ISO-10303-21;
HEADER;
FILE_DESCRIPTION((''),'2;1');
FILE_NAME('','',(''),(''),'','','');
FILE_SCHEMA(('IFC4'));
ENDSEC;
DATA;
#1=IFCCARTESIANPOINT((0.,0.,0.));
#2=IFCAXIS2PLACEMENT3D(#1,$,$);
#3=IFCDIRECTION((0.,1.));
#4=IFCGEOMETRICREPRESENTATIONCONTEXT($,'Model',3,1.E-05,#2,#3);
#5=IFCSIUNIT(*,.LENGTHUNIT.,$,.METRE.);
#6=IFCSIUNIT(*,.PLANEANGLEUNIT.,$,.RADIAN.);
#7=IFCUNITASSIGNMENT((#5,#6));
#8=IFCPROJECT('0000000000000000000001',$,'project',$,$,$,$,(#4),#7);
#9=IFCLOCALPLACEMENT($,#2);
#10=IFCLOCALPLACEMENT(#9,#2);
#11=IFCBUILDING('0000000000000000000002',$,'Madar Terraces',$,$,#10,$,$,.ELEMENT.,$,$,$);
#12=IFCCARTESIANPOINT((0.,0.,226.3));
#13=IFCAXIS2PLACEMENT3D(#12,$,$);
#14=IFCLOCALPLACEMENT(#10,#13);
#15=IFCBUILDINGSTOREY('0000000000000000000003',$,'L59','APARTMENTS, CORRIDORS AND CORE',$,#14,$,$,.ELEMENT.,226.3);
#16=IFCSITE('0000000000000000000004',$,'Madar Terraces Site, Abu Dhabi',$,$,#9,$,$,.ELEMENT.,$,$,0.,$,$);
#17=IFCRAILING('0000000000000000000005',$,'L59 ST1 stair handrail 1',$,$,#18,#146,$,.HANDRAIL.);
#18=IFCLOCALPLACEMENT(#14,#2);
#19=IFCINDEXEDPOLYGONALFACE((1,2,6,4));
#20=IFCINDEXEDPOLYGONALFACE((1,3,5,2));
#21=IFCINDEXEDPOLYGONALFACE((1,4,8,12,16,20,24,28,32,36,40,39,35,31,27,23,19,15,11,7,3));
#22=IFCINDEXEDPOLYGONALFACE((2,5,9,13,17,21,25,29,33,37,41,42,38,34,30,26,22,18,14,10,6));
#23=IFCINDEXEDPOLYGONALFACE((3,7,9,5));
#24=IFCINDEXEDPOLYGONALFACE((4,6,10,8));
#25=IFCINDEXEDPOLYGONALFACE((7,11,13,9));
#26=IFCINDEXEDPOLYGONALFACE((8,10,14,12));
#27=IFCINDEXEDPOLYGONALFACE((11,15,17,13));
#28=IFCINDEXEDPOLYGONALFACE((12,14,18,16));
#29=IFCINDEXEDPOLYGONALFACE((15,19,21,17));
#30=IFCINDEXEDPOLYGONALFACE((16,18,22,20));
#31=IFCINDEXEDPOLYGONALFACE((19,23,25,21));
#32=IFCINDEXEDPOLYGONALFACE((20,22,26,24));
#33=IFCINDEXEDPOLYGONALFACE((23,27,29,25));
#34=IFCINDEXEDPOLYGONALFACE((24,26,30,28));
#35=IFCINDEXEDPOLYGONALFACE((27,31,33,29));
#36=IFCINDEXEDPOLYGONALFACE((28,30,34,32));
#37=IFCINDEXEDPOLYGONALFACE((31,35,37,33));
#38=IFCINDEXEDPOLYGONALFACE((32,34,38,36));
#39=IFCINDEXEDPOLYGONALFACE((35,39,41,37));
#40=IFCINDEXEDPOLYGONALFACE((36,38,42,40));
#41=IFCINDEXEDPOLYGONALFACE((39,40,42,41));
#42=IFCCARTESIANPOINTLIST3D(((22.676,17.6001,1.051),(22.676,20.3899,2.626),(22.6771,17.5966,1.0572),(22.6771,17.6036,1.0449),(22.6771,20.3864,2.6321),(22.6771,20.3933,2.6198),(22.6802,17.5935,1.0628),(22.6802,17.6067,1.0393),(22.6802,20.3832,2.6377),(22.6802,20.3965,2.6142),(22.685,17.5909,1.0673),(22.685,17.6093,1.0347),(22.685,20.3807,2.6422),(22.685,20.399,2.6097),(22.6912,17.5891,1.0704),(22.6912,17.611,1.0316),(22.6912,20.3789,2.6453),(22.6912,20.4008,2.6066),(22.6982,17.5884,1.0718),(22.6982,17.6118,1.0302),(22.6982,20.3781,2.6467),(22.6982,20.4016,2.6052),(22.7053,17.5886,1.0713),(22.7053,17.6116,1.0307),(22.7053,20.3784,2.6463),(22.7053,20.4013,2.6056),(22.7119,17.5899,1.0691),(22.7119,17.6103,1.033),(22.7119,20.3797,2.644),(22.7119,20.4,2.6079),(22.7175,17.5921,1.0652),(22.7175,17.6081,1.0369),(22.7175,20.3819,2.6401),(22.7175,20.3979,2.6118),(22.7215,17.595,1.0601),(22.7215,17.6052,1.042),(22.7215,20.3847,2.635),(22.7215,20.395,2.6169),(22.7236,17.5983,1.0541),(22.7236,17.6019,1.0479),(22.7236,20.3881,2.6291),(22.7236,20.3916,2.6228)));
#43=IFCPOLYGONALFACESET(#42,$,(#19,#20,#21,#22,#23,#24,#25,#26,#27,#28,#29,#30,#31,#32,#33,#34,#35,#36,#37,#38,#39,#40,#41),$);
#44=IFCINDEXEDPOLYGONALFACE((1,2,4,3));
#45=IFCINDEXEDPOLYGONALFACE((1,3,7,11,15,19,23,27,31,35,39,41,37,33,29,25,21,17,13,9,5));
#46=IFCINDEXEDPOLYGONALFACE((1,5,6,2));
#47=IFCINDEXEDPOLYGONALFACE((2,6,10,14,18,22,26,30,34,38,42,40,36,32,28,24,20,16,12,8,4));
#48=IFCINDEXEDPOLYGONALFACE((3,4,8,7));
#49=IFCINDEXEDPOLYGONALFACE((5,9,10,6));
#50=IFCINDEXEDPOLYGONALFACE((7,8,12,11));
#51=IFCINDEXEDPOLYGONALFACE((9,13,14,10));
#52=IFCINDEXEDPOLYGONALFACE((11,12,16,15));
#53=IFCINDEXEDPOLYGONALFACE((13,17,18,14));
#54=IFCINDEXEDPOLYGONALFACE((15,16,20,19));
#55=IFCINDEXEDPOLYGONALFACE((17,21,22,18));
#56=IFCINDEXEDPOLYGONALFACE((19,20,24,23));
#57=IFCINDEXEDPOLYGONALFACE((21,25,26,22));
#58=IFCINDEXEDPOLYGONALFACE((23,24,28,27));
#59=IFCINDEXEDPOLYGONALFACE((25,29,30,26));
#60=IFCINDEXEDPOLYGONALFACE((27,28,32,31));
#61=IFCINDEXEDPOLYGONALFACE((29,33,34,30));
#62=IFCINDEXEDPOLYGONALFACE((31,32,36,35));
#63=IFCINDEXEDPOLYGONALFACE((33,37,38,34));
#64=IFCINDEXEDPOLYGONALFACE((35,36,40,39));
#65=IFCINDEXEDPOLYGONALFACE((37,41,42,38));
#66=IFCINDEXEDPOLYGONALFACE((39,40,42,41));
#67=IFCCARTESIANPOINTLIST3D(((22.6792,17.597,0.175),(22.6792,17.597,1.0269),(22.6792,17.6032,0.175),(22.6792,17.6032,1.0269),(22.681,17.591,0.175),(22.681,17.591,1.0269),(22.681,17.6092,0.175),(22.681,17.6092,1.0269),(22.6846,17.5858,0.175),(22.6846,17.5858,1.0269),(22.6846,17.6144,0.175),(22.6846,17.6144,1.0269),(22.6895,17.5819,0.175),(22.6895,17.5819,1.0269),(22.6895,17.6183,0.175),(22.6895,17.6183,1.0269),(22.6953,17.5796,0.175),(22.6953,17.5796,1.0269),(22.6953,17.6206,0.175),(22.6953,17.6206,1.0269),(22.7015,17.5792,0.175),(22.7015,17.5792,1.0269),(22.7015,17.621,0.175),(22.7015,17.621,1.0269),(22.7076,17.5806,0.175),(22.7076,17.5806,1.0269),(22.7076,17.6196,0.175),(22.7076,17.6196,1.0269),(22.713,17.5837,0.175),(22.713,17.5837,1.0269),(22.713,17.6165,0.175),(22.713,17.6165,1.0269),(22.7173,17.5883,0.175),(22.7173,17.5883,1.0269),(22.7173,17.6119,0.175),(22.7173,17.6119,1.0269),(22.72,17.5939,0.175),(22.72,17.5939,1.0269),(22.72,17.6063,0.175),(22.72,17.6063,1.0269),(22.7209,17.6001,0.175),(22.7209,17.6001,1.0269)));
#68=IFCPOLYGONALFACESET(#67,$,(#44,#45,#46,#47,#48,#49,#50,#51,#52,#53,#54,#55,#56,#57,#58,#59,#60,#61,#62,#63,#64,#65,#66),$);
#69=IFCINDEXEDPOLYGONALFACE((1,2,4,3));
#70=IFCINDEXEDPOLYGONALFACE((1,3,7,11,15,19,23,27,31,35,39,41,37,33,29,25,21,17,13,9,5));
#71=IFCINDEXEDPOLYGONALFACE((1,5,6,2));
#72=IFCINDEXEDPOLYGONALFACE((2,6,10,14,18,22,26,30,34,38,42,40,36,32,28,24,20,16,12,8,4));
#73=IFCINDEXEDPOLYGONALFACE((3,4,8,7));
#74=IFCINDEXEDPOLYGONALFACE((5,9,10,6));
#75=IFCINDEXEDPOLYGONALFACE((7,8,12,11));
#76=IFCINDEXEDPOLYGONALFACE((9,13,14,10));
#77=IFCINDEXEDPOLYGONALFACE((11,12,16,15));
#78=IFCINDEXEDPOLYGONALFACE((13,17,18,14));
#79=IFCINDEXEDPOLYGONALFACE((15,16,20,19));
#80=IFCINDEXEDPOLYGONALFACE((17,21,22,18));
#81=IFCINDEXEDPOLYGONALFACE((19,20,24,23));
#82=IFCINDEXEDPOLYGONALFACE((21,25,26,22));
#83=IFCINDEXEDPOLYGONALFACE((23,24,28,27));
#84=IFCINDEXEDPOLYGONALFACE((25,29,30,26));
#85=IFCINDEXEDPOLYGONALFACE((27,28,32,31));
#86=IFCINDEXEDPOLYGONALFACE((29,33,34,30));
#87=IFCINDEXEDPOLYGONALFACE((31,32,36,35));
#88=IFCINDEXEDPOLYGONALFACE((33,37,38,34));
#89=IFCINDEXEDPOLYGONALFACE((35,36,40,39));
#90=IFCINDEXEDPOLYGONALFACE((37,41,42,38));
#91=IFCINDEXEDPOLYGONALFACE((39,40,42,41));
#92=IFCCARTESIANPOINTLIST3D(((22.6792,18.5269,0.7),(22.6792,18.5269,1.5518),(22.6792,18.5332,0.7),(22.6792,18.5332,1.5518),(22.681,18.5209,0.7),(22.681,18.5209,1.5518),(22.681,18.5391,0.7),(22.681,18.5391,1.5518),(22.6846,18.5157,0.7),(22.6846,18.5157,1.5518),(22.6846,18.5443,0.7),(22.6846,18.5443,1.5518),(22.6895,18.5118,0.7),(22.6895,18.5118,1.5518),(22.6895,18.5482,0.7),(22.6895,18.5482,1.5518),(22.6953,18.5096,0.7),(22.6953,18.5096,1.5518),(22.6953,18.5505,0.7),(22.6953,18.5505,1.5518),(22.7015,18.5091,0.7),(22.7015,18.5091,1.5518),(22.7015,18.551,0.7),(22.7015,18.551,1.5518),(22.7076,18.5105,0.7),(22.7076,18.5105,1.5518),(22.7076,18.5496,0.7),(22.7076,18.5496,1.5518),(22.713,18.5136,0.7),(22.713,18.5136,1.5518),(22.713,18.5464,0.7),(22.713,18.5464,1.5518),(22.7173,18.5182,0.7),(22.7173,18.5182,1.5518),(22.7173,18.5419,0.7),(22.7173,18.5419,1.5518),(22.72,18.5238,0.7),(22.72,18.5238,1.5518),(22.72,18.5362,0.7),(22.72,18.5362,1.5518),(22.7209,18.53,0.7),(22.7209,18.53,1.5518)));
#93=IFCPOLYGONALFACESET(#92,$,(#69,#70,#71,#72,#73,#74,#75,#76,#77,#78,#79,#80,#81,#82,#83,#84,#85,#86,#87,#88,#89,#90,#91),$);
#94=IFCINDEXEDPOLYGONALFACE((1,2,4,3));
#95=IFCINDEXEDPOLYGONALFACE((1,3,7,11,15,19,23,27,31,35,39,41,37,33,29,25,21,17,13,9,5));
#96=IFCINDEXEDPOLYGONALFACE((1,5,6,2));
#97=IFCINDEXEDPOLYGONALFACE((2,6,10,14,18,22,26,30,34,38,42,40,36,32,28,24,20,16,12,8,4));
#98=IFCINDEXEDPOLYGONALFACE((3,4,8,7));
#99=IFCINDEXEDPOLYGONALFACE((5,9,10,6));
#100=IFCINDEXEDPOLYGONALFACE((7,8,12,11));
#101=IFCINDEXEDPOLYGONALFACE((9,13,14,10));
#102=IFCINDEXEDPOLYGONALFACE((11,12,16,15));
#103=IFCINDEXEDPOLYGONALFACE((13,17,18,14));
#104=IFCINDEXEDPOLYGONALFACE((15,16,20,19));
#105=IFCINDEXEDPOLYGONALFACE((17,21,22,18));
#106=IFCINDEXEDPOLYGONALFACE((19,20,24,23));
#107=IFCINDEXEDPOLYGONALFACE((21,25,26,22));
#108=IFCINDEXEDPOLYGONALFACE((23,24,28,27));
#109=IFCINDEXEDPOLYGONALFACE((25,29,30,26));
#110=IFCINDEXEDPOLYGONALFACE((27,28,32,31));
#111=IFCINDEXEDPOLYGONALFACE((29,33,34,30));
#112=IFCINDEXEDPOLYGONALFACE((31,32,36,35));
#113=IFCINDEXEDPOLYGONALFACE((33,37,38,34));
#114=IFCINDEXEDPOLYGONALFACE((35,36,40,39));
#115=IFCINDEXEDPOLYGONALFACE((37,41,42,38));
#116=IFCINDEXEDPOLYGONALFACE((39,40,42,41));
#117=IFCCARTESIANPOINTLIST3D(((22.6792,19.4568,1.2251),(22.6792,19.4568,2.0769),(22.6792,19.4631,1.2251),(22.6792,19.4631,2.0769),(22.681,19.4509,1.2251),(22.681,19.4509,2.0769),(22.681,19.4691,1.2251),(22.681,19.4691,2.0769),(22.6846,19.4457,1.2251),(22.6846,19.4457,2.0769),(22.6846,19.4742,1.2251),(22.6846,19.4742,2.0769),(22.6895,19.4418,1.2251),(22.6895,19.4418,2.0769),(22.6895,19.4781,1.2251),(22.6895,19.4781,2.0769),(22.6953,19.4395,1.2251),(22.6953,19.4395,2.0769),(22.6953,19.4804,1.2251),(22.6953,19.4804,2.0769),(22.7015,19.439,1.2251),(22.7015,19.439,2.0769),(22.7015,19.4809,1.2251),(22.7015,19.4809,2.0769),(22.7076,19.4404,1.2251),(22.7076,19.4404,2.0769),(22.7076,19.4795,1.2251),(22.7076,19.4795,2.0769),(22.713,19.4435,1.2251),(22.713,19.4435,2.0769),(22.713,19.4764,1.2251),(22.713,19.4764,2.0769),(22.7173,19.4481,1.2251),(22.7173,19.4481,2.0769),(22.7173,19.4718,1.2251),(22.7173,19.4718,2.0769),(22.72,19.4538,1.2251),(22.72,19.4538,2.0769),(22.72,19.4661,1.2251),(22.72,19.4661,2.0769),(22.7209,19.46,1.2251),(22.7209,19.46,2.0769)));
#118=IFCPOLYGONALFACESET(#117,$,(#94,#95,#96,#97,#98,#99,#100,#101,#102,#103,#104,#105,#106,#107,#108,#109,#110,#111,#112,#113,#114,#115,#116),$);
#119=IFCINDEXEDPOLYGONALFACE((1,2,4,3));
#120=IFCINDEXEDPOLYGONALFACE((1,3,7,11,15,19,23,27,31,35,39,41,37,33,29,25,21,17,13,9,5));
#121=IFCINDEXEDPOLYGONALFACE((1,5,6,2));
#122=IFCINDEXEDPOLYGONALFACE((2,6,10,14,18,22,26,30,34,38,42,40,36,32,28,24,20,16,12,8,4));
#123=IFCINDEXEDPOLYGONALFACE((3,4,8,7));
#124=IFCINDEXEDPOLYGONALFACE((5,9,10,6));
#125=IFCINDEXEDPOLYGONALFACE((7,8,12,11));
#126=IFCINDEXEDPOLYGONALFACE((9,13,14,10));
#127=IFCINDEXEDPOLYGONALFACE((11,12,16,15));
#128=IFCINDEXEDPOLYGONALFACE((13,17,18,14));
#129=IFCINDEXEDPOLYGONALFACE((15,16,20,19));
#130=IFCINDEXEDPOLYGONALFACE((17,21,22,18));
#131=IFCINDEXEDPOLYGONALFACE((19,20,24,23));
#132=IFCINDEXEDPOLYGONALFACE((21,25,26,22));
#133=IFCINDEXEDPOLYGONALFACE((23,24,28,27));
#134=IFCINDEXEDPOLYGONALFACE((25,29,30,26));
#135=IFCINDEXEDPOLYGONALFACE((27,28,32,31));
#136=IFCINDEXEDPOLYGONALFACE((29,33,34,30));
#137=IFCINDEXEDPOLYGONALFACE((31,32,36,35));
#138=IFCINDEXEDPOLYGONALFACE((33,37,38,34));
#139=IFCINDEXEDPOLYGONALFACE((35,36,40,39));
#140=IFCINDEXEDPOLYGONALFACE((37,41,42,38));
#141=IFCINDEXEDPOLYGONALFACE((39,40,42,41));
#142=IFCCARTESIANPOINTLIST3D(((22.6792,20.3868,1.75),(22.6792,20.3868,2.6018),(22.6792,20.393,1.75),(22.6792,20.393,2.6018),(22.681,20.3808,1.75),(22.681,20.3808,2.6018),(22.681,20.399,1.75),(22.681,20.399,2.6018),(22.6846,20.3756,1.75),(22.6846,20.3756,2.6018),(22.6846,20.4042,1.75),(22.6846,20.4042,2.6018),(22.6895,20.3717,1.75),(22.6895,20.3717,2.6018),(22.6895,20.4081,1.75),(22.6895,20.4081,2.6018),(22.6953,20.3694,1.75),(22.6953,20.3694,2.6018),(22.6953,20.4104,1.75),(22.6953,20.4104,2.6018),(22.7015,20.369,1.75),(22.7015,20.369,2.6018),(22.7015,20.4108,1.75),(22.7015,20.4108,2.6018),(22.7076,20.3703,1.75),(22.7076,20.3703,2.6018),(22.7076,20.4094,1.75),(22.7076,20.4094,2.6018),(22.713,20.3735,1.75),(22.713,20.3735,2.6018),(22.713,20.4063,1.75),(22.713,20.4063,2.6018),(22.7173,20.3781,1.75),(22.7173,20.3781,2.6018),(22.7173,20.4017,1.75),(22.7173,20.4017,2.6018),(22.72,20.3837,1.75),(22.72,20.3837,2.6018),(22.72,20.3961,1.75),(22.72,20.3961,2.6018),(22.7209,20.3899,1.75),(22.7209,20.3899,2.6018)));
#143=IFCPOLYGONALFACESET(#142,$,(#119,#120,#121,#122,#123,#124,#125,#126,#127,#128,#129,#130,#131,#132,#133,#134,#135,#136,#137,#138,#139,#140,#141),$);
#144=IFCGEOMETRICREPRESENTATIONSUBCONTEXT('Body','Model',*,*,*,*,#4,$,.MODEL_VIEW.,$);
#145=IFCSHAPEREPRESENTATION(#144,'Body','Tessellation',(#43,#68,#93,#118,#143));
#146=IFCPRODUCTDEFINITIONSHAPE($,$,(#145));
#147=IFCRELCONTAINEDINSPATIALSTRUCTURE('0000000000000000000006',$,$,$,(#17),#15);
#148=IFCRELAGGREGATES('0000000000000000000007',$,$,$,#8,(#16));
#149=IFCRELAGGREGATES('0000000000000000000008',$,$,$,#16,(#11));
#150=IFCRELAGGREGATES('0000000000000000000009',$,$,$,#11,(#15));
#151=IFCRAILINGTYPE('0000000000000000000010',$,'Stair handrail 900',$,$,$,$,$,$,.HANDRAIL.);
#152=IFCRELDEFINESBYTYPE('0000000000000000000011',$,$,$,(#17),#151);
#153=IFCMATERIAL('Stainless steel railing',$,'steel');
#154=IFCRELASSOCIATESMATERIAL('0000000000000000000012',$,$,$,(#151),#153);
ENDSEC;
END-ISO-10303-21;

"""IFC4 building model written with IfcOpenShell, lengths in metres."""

from ifc_helpers import new_model, si_unit, direction, frame, origin, origin_2d, place, context, subcontext, project, spatial, circle, extrude, material, type_object, element, save


model = new_model("IFC4")

# Units and contexts
model_context = context("Model", 3, precision=1e-05, world=origin(), true_north=direction((0.0, 1.0)))
body_context = subcontext(model_context, "Body", "Model", "MODEL_VIEW")
ifc_project = project(units=[si_unit("LENGTHUNIT", "METRE"), si_unit("PLANEANGLEUNIT", "RADIAN")], contexts=[model_context])

# Site, building, storey
site_placement = place(None, origin())
site = spatial("IfcSite", under=ifc_project, at=site_placement, Name="Madar Terraces Site, Abu Dhabi", CompositionType="ELEMENT", RefElevation=0.0)
building_placement = place(site_placement, origin())
building = spatial("IfcBuilding", under=site, at=building_placement, Name="Madar Terraces", CompositionType="ELEMENT")
storey_placement = place(building_placement, frame((0.0, 0.0, 226.3)))
storey = spatial("IfcBuildingStorey", under=building, at=storey_placement, Name="L59", Description="APARTMENTS, CORRIDORS AND CORE", CompositionType="ELEMENT", Elevation=226.3)

# Railing
ifc_material_1 = material(Name="Stainless steel railing", Category="steel")
railing_type_1 = type_object("IfcRailingType", Name="Stair handrail 900", PredefinedType="HANDRAIL", material=ifc_material_1)
railing_placement = place(storey_placement, frame((22.7, 17.6001, 0.175)))
element("IfcRailing", 1, at=railing_placement, inside=storey, type_object=railing_type_1, Name="L59 ST1 stair handrail 1", PredefinedType="HANDRAIL", context=body_context, shape_type="SweptSolid", body=[
    extrude(circle(Radius=0.0239, at=origin_2d()), frame((0.0, 0.0, 0.876), z_axis=(0.0, 0.870815, 0.49161), x_axis=(-1.0, 0.0, 0.0)), (0.0, 0.0, 1.0), 3.2036),
    extrude(circle(Radius=0.021, at=origin_2d()), origin(), (0.0, 0.0, 1.0), 0.8518),
    extrude(circle(Radius=0.021, at=origin_2d()), frame((0.0, 0.9299, 0.5249)), (0.0, 0.0, 1.0), 0.8518),
    extrude(circle(Radius=0.021, at=origin_2d()), frame((0.0, 1.8599, 1.05)), (0.0, 0.0, 1.0), 0.8518),
    extrude(circle(Radius=0.021, at=origin_2d()), frame((0.0, 2.7898, 1.575)), (0.0, 0.0, 1.0), 0.8518),
])

save(model, "model.ifc")
